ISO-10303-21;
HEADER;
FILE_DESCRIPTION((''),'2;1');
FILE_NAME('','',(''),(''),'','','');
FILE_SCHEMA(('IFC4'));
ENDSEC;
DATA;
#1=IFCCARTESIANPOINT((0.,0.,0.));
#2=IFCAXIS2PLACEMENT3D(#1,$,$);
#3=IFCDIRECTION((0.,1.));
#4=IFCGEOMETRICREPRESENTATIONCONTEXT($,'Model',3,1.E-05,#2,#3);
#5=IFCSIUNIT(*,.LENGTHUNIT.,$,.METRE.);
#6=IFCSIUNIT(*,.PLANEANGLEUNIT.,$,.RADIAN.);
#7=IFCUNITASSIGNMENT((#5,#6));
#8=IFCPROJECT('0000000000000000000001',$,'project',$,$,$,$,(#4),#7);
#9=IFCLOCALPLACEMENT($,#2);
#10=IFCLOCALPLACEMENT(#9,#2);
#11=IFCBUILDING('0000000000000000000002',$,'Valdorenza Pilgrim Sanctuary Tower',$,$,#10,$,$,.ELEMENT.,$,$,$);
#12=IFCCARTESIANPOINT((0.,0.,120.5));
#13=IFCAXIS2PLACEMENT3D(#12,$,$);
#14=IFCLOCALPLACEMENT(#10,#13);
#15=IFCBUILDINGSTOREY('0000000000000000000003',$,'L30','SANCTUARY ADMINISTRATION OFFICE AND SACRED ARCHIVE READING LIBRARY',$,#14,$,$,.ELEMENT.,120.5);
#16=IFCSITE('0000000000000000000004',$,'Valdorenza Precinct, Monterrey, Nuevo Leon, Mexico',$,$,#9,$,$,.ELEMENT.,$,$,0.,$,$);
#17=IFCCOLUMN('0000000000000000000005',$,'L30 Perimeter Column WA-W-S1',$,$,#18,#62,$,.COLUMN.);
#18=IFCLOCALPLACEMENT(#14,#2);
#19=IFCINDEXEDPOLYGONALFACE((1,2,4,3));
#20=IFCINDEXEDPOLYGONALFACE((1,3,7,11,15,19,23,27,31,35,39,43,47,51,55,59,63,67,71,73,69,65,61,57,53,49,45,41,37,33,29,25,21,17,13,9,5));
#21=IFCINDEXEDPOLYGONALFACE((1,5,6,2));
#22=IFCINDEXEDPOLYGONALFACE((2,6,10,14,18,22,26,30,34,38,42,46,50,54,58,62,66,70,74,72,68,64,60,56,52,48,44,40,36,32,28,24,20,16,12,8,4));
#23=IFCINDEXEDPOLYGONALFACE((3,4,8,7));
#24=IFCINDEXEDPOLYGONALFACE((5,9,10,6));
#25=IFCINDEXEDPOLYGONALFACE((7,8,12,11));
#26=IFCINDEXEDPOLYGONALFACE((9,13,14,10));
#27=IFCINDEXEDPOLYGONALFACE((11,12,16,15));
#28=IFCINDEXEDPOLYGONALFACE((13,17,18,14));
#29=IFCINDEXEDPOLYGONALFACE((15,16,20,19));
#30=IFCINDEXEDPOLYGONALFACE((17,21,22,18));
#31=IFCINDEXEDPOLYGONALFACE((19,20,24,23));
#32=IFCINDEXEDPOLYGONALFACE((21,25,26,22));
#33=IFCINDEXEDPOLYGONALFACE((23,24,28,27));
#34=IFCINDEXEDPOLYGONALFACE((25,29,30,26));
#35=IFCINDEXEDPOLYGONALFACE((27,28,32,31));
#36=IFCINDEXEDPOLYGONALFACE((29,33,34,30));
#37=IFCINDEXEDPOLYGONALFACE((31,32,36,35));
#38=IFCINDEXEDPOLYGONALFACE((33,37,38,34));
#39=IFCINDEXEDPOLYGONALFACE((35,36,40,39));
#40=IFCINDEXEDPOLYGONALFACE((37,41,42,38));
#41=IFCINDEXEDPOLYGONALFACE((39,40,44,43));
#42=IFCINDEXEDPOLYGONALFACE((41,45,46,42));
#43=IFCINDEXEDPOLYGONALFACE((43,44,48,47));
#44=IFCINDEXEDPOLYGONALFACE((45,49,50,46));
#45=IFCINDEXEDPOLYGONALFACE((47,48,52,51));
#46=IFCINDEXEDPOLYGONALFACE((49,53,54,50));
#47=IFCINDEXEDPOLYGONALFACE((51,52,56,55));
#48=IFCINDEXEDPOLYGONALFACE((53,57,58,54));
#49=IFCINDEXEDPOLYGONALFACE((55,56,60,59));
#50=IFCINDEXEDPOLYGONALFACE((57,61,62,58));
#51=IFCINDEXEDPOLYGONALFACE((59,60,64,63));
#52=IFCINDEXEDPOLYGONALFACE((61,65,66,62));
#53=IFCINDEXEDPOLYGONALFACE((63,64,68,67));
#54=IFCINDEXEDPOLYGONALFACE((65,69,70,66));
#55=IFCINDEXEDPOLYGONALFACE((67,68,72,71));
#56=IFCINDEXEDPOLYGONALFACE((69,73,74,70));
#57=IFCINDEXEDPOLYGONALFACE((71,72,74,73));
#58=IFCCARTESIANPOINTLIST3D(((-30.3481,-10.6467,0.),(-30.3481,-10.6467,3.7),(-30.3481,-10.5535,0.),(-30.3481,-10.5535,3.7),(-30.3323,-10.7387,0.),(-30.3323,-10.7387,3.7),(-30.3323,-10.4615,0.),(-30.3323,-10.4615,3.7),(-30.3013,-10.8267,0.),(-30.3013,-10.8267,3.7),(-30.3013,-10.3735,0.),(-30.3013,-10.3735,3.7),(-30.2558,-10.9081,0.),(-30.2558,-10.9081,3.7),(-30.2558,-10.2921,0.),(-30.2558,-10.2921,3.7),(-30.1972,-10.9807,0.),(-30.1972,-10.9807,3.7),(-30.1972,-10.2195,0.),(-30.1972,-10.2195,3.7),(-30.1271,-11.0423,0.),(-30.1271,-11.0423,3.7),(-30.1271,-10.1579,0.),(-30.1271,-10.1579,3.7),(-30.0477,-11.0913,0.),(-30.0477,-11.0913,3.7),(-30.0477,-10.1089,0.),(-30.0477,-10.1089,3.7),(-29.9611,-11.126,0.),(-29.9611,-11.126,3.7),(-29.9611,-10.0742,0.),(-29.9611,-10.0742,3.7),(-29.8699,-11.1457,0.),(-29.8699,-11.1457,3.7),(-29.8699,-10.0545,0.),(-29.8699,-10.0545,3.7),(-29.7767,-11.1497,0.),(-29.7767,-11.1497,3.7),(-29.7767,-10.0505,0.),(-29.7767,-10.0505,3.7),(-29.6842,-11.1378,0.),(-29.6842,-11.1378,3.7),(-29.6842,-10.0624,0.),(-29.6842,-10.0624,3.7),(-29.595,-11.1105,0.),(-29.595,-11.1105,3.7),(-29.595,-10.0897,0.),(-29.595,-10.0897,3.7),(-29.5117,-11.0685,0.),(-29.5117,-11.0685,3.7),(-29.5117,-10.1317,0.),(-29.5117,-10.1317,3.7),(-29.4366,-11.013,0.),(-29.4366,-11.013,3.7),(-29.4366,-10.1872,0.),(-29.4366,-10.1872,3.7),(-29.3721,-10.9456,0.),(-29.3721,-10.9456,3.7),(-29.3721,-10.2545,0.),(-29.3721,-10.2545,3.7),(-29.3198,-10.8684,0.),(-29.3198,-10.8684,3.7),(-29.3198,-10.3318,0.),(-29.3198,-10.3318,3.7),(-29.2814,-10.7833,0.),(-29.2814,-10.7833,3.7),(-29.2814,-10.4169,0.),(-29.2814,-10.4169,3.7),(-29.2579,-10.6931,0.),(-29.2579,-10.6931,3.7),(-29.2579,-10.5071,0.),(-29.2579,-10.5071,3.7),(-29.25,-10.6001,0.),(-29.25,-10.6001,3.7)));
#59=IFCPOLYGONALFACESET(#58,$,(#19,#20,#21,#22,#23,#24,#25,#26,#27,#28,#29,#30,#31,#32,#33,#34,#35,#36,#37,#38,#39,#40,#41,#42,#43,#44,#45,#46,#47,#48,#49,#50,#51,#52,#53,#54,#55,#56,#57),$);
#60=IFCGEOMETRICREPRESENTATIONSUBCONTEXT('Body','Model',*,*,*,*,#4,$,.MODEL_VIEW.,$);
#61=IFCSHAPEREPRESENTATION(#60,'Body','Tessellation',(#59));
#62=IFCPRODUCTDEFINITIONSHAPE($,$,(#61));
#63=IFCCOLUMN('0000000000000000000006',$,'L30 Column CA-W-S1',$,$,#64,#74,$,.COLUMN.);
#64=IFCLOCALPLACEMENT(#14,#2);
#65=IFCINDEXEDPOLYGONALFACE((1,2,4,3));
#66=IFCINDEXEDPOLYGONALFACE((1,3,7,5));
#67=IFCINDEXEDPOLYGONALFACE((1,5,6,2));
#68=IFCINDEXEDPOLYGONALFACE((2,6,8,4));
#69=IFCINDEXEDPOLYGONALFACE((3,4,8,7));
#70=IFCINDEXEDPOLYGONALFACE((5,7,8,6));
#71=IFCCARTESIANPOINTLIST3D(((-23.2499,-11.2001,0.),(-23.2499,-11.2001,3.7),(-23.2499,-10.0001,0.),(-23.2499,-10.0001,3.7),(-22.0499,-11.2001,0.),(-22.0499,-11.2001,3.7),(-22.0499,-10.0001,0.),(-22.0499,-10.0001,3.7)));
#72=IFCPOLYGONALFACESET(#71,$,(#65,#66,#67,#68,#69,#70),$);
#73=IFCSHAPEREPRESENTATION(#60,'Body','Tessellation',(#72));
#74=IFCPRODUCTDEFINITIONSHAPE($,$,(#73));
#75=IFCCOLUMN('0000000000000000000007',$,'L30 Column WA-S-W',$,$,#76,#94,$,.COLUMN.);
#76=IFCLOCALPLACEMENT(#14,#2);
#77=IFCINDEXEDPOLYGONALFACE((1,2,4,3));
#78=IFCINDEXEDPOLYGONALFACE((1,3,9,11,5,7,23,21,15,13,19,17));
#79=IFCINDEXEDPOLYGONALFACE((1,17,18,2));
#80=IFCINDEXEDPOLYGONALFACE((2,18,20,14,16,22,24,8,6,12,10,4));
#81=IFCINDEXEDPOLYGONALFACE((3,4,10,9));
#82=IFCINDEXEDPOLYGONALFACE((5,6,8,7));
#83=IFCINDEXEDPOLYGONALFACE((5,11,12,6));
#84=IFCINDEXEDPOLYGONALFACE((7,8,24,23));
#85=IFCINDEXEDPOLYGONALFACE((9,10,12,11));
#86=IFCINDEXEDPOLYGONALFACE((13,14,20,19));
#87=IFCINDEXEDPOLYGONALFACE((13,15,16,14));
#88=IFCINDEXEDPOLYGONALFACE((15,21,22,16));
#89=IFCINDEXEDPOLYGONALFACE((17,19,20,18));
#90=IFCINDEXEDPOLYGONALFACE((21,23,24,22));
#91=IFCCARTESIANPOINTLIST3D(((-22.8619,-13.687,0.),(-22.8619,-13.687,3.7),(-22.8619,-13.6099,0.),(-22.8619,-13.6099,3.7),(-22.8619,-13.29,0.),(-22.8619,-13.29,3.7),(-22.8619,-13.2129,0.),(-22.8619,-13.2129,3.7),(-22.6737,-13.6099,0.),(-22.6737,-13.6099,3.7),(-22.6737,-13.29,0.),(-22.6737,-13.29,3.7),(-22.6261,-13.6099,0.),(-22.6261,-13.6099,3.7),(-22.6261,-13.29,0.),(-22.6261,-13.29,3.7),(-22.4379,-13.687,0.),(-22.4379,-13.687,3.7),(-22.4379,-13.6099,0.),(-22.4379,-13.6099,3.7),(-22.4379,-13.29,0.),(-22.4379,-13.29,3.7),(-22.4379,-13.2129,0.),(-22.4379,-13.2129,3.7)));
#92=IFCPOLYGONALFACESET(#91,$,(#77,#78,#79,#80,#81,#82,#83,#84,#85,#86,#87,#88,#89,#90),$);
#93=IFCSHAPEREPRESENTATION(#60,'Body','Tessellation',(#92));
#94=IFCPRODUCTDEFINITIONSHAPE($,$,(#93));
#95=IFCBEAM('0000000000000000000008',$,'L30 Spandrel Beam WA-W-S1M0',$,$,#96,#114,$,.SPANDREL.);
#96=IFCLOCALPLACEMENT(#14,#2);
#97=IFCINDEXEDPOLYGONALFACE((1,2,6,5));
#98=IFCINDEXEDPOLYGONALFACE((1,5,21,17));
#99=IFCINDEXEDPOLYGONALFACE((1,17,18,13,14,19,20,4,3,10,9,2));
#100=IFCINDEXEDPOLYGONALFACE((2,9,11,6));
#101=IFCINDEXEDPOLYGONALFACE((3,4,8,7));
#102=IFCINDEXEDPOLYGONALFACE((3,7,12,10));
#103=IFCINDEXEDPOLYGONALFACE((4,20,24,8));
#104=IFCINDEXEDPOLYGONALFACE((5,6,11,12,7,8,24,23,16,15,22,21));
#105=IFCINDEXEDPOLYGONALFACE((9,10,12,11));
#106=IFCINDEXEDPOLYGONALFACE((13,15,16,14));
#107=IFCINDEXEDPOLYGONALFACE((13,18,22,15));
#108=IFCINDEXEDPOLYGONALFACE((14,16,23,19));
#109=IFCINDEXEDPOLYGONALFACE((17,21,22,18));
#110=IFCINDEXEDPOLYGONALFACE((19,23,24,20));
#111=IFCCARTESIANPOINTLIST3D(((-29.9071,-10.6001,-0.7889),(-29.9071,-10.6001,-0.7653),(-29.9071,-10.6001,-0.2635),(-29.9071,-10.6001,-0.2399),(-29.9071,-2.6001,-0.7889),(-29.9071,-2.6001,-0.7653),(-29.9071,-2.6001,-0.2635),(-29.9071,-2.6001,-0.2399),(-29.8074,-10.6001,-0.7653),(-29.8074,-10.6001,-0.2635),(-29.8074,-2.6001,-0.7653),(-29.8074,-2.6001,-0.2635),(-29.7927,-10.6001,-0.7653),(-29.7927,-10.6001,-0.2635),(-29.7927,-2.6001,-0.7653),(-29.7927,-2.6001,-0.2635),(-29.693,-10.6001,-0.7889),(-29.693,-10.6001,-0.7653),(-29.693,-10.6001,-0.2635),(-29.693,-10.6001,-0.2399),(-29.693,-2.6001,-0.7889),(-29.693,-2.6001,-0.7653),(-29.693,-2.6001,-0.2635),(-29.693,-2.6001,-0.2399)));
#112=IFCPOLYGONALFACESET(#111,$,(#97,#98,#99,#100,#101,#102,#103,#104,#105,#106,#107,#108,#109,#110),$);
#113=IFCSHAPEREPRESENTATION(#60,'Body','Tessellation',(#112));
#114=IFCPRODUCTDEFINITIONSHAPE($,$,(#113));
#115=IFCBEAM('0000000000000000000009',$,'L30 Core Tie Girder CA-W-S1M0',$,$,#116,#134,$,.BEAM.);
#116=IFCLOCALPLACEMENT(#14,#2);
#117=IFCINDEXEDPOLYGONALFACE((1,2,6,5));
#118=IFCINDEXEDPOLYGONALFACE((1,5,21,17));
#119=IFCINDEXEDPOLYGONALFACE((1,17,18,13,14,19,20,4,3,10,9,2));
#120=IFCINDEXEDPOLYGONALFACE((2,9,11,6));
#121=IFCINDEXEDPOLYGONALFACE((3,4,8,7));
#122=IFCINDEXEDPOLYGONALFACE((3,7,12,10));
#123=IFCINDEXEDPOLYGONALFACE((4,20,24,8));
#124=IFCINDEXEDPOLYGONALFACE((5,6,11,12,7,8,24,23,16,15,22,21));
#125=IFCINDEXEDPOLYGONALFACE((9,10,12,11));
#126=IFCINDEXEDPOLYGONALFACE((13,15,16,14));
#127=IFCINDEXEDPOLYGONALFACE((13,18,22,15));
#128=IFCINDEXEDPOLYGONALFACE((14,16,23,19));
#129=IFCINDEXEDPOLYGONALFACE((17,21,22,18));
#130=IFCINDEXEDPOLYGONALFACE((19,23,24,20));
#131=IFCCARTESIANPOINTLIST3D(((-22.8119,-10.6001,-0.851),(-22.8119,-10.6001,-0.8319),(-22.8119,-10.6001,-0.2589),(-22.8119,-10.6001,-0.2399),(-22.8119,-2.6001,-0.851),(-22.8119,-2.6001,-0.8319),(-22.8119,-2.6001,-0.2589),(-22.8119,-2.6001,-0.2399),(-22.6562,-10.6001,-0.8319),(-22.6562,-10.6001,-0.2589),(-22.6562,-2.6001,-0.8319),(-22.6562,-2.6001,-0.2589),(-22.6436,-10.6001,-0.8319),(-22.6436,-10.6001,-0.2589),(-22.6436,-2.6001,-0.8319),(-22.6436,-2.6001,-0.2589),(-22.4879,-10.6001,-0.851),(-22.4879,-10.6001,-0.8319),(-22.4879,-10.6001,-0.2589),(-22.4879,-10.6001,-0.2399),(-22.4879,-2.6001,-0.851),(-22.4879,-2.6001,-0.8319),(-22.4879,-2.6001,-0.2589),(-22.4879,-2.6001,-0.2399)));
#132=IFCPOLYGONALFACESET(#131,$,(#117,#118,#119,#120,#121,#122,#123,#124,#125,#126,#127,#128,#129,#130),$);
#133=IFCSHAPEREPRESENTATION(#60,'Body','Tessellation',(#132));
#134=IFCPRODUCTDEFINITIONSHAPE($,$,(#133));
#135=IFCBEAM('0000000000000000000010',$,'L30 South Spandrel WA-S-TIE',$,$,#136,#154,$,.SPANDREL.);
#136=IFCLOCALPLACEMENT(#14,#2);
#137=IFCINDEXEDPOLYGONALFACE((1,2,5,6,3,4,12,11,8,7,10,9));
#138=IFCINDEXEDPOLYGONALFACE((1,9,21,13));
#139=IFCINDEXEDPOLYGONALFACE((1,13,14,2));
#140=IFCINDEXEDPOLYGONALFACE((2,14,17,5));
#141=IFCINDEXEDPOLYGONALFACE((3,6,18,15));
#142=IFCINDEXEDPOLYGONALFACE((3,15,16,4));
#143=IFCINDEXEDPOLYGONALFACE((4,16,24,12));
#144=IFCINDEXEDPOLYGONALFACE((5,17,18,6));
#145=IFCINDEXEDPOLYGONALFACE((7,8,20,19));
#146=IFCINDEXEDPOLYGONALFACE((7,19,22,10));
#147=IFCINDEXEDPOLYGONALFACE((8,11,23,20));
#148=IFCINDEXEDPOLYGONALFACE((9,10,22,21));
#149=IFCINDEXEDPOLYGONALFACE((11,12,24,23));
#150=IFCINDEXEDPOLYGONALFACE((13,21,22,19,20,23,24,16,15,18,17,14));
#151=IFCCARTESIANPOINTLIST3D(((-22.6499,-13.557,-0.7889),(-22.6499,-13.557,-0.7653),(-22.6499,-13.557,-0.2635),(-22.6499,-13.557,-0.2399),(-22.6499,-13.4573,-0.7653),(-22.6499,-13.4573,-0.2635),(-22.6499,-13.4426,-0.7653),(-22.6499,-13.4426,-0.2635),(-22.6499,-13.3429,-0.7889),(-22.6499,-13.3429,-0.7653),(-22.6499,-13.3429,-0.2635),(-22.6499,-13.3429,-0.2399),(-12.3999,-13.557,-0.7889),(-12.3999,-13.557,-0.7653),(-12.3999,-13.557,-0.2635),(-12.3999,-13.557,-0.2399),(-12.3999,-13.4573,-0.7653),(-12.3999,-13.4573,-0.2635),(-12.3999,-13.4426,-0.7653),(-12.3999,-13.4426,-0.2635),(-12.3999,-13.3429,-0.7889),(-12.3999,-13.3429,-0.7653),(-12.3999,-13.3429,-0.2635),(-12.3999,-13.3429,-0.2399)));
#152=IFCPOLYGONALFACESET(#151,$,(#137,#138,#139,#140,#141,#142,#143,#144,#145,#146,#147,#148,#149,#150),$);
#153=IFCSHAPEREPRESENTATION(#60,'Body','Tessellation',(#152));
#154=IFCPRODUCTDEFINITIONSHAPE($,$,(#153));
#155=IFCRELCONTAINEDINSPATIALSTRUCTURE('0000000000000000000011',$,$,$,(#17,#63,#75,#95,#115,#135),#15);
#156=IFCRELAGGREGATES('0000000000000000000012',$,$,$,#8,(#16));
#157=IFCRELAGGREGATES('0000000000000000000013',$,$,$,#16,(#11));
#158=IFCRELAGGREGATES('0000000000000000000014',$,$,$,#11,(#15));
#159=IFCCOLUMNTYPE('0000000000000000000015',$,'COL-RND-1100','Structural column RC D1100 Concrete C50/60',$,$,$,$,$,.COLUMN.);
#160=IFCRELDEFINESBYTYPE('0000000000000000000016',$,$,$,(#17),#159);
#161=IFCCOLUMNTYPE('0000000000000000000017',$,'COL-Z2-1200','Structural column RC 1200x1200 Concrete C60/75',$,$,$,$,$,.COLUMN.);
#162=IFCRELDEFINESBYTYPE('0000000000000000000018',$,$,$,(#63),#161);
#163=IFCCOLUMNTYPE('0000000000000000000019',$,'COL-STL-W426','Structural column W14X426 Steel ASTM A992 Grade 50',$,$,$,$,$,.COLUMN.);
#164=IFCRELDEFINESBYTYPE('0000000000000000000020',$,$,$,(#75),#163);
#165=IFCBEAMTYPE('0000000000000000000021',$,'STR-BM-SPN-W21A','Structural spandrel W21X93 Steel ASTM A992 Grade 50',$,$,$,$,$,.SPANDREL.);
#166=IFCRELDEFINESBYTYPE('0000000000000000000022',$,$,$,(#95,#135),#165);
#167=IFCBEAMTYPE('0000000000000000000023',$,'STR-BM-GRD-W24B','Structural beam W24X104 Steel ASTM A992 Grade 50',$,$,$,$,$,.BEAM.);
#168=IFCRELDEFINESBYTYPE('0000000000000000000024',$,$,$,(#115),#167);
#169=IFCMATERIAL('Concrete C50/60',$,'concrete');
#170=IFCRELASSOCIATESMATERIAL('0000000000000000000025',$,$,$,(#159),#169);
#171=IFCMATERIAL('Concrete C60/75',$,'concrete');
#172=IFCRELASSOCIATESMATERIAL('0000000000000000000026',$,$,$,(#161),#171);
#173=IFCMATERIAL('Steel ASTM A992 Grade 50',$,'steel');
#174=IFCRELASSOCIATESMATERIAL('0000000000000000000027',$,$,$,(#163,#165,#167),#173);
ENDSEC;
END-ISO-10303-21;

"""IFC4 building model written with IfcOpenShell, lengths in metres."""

from ifc_helpers import new_model, si_unit, direction, frame, origin, origin_2d, place, context, subcontext, project, spatial, rectangle, circle, i_section, extrude, source, transform, mapped, material, material_profile, profile_set, type_object, element, save


model = new_model("IFC4")

# Units and contexts
model_context = context("Model", 3, precision=1e-05, world=origin(), true_north=direction((0.0, 1.0)))
body_context = subcontext(model_context, "Body", "Model", "MODEL_VIEW")
ifc_project = project(units=[si_unit("LENGTHUNIT", "METRE"), si_unit("PLANEANGLEUNIT", "RADIAN")], contexts=[model_context])

# Site, building, storey
site_placement = place(None, origin())
site = spatial("IfcSite", under=ifc_project, at=site_placement, Name="Valdorenza Precinct, Monterrey, Nuevo Leon, Mexico", CompositionType="ELEMENT", RefElevation=0.0)
building_placement = place(site_placement, origin())
building = spatial("IfcBuilding", under=site, at=building_placement, Name="Valdorenza Pilgrim Sanctuary Tower", CompositionType="ELEMENT")
storey_placement = place(building_placement, frame((0.0, 0.0, 120.5)))
storey = spatial("IfcBuildingStorey", under=building, at=storey_placement, Name="L30", Description="SANCTUARY ADMINISTRATION OFFICE AND SACRED ARCHIVE READING LIBRARY", CompositionType="ELEMENT", Elevation=120.5)

# Columns
ifc_material_1 = material(Name="Concrete C50/60", Category="concrete")
ifc_material_profile_1 = material_profile(ifc_material_1, circle(Radius=0.55, at=origin_2d()), Name="RC D1100")
ifc_profile_set_1 = profile_set([ifc_material_profile_1], Name="Concrete C50/60")
column_type_1 = type_object("IfcColumnType", Name="COL-RND-1100", Description="Structural column RC D1100 Concrete C50/60", PredefinedType="COLUMN", material=ifc_profile_set_1)
shared_shape_1 = source(origin(), body_context, "Body", "SweptSolid", [
    extrude(circle(Radius=0.55, at=origin_2d()), origin(), (0.0, 0.0, 1.0), 3.7),
])
column_1_placement = place(storey_placement, frame((-29.8, -10.6001, 0.0), z_axis=(0.0, 0.0, 1.0), x_axis=(1.0, 0.0, 0.0)))
element("IfcColumn", 1, at=column_1_placement, inside=storey, type_object=column_type_1, Name="L30 Perimeter Column WA-W-S1", PredefinedType="COLUMN", context=body_context, shape_type="MappedRepresentation", body=[
    mapped(shared_shape_1, transform((0.0, 0.0, 0.0), x_axis=(1.0, 0.0, 0.0), y_axis=(0.0, 1.0, 0.0), z_axis=(0.0, 0.0, 1.0), scale=1.0)),
])
ifc_material_2 = material(Name="Concrete C60/75", Category="concrete")
ifc_material_profile_2 = material_profile(ifc_material_2, rectangle(XDim=1.2, YDim=1.2, at=origin_2d()), Name="RC 1200x1200")
ifc_profile_set_2 = profile_set([ifc_material_profile_2], Name="Concrete C60/75")
column_type_2 = type_object("IfcColumnType", Name="COL-Z2-1200", Description="Structural column RC 1200x1200 Concrete C60/75", PredefinedType="COLUMN", material=ifc_profile_set_2)
shared_shape_2 = source(origin(), body_context, "Body", "SweptSolid", [
    extrude(rectangle(XDim=1.2, YDim=1.2, at=origin_2d()), origin(), (0.0, 0.0, 1.0), 3.7),
])
column_2_placement = place(storey_placement, frame((-22.6499, -10.6001, 0.0), z_axis=(0.0, 0.0, 1.0), x_axis=(1.0, 0.0, 0.0)))
element("IfcColumn", 2, at=column_2_placement, inside=storey, type_object=column_type_2, Name="L30 Column CA-W-S1", PredefinedType="COLUMN", context=body_context, shape_type="MappedRepresentation", body=[
    mapped(shared_shape_2, transform((0.0, 0.0, 0.0), x_axis=(1.0, 0.0, 0.0), y_axis=(0.0, 1.0, 0.0), z_axis=(0.0, 0.0, 1.0), scale=1.0)),
])
ifc_material_3 = material(Name="Steel ASTM A992 Grade 50", Category="steel")
ifc_material_profile_3 = material_profile(ifc_material_3, i_section(OverallWidth=0.4241, OverallDepth=0.4741, WebThickness=0.0476, FlangeThickness=0.0771, at=origin_2d()), Name="W14X426")
ifc_profile_set_3 = profile_set([ifc_material_profile_3], Name="Steel ASTM A992 Grade 50")
column_type_3 = type_object("IfcColumnType", Name="COL-STL-W426", Description="Structural column W14X426 Steel ASTM A992 Grade 50", PredefinedType="COLUMN", material=ifc_profile_set_3)
shared_shape_3 = source(origin(), body_context, "Body", "SweptSolid", [
    extrude(i_section(OverallWidth=0.4241, OverallDepth=0.4741, WebThickness=0.0476, FlangeThickness=0.0771, at=origin_2d()), origin(), (0.0, 0.0, 1.0), 3.7),
])
column_3_placement = place(storey_placement, frame((-22.6499, -13.45, 0.0), z_axis=(0.0, 0.0, 1.0), x_axis=(1.0, 0.0, 0.0)))
element("IfcColumn", 3, at=column_3_placement, inside=storey, type_object=column_type_3, Name="L30 Column WA-S-W", PredefinedType="COLUMN", context=body_context, shape_type="MappedRepresentation", body=[
    mapped(shared_shape_3, transform((0.0, 0.0, 0.0), x_axis=(1.0, 0.0, 0.0), y_axis=(0.0, 1.0, 0.0), z_axis=(0.0, 0.0, 1.0), scale=1.0)),
])

# Beams
ifc_material_profile_4 = material_profile(ifc_material_3, i_section(OverallWidth=0.2141, OverallDepth=0.5491, WebThickness=0.0146, FlangeThickness=0.0237, at=origin_2d()), Name="W21X93")
ifc_profile_set_4 = profile_set([ifc_material_profile_4], Name="Steel ASTM A992 Grade 50")
beam_type_1 = type_object("IfcBeamType", Name="STR-BM-SPN-W21A", Description="Structural spandrel W21X93 Steel ASTM A992 Grade 50", PredefinedType="SPANDREL", material=ifc_profile_set_4)
shared_shape_4 = source(origin(), body_context, "Body", "SweptSolid", [
    extrude(i_section(OverallWidth=0.2141, OverallDepth=0.5491, WebThickness=0.0146, FlangeThickness=0.0237, at=origin_2d()), origin(), (0.0, 0.0, 1.0), 8.0),
])
beam_1_placement = place(storey_placement, frame((-29.8, -10.6001, -0.5144), z_axis=(0.0, 1.0, 0.0), x_axis=(-1.0, 0.0, 0.0)))
element("IfcBeam", 4, at=beam_1_placement, inside=storey, type_object=beam_type_1, Name="L30 Spandrel Beam WA-W-S1M0", PredefinedType="SPANDREL", context=body_context, shape_type="MappedRepresentation", body=[
    mapped(shared_shape_4, transform((0.0, 0.0, 0.0), x_axis=(1.0, 0.0, 0.0), y_axis=(0.0, 1.0, 0.0), z_axis=(0.0, 0.0, 1.0), scale=1.0)),
])
ifc_material_profile_5 = material_profile(ifc_material_3, i_section(OverallWidth=0.324, OverallDepth=0.6111, WebThickness=0.0127, FlangeThickness=0.019, at=origin_2d()), Name="W24X104")
ifc_profile_set_5 = profile_set([ifc_material_profile_5], Name="Steel ASTM A992 Grade 50")
beam_type_2 = type_object("IfcBeamType", Name="STR-BM-GRD-W24B", Description="Structural beam W24X104 Steel ASTM A992 Grade 50", PredefinedType="BEAM", material=ifc_profile_set_5)
shared_shape_5 = source(origin(), body_context, "Body", "SweptSolid", [
    extrude(i_section(OverallWidth=0.324, OverallDepth=0.6111, WebThickness=0.0127, FlangeThickness=0.019, at=origin_2d()), origin(), (0.0, 0.0, 1.0), 8.0),
])
beam_2_placement = place(storey_placement, frame((-22.6499, -10.6001, -0.5454), z_axis=(0.0, 1.0, 0.0), x_axis=(-1.0, 0.0, 0.0)))
element("IfcBeam", 5, at=beam_2_placement, inside=storey, type_object=beam_type_2, Name="L30 Core Tie Girder CA-W-S1M0", PredefinedType="BEAM", context=body_context, shape_type="MappedRepresentation", body=[
    mapped(shared_shape_5, transform((0.0, 0.0, 0.0), x_axis=(1.0, 0.0, 0.0), y_axis=(0.0, 1.0, 0.0), z_axis=(0.0, 0.0, 1.0), scale=1.0)),
])
shared_shape_6 = source(origin(), body_context, "Body", "SweptSolid", [
    extrude(i_section(OverallWidth=0.2141, OverallDepth=0.5491, WebThickness=0.0146, FlangeThickness=0.0237, at=origin_2d()), origin(), (0.0, 0.0, 1.0), 10.25),
])
beam_3_placement = place(storey_placement, frame((-22.6499, -13.45, -0.5144), z_axis=(1.0, 0.0, 0.0), x_axis=(0.0, 1.0, 0.0)))
element("IfcBeam", 6, at=beam_3_placement, inside=storey, type_object=beam_type_1, Name="L30 South Spandrel WA-S-TIE", PredefinedType="SPANDREL", context=body_context, shape_type="MappedRepresentation", body=[
    mapped(shared_shape_6, transform((0.0, 0.0, 0.0), x_axis=(1.0, 0.0, 0.0), y_axis=(0.0, 1.0, 0.0), z_axis=(0.0, 0.0, 1.0), scale=1.0)),
])

save(model, "model.ifc")
